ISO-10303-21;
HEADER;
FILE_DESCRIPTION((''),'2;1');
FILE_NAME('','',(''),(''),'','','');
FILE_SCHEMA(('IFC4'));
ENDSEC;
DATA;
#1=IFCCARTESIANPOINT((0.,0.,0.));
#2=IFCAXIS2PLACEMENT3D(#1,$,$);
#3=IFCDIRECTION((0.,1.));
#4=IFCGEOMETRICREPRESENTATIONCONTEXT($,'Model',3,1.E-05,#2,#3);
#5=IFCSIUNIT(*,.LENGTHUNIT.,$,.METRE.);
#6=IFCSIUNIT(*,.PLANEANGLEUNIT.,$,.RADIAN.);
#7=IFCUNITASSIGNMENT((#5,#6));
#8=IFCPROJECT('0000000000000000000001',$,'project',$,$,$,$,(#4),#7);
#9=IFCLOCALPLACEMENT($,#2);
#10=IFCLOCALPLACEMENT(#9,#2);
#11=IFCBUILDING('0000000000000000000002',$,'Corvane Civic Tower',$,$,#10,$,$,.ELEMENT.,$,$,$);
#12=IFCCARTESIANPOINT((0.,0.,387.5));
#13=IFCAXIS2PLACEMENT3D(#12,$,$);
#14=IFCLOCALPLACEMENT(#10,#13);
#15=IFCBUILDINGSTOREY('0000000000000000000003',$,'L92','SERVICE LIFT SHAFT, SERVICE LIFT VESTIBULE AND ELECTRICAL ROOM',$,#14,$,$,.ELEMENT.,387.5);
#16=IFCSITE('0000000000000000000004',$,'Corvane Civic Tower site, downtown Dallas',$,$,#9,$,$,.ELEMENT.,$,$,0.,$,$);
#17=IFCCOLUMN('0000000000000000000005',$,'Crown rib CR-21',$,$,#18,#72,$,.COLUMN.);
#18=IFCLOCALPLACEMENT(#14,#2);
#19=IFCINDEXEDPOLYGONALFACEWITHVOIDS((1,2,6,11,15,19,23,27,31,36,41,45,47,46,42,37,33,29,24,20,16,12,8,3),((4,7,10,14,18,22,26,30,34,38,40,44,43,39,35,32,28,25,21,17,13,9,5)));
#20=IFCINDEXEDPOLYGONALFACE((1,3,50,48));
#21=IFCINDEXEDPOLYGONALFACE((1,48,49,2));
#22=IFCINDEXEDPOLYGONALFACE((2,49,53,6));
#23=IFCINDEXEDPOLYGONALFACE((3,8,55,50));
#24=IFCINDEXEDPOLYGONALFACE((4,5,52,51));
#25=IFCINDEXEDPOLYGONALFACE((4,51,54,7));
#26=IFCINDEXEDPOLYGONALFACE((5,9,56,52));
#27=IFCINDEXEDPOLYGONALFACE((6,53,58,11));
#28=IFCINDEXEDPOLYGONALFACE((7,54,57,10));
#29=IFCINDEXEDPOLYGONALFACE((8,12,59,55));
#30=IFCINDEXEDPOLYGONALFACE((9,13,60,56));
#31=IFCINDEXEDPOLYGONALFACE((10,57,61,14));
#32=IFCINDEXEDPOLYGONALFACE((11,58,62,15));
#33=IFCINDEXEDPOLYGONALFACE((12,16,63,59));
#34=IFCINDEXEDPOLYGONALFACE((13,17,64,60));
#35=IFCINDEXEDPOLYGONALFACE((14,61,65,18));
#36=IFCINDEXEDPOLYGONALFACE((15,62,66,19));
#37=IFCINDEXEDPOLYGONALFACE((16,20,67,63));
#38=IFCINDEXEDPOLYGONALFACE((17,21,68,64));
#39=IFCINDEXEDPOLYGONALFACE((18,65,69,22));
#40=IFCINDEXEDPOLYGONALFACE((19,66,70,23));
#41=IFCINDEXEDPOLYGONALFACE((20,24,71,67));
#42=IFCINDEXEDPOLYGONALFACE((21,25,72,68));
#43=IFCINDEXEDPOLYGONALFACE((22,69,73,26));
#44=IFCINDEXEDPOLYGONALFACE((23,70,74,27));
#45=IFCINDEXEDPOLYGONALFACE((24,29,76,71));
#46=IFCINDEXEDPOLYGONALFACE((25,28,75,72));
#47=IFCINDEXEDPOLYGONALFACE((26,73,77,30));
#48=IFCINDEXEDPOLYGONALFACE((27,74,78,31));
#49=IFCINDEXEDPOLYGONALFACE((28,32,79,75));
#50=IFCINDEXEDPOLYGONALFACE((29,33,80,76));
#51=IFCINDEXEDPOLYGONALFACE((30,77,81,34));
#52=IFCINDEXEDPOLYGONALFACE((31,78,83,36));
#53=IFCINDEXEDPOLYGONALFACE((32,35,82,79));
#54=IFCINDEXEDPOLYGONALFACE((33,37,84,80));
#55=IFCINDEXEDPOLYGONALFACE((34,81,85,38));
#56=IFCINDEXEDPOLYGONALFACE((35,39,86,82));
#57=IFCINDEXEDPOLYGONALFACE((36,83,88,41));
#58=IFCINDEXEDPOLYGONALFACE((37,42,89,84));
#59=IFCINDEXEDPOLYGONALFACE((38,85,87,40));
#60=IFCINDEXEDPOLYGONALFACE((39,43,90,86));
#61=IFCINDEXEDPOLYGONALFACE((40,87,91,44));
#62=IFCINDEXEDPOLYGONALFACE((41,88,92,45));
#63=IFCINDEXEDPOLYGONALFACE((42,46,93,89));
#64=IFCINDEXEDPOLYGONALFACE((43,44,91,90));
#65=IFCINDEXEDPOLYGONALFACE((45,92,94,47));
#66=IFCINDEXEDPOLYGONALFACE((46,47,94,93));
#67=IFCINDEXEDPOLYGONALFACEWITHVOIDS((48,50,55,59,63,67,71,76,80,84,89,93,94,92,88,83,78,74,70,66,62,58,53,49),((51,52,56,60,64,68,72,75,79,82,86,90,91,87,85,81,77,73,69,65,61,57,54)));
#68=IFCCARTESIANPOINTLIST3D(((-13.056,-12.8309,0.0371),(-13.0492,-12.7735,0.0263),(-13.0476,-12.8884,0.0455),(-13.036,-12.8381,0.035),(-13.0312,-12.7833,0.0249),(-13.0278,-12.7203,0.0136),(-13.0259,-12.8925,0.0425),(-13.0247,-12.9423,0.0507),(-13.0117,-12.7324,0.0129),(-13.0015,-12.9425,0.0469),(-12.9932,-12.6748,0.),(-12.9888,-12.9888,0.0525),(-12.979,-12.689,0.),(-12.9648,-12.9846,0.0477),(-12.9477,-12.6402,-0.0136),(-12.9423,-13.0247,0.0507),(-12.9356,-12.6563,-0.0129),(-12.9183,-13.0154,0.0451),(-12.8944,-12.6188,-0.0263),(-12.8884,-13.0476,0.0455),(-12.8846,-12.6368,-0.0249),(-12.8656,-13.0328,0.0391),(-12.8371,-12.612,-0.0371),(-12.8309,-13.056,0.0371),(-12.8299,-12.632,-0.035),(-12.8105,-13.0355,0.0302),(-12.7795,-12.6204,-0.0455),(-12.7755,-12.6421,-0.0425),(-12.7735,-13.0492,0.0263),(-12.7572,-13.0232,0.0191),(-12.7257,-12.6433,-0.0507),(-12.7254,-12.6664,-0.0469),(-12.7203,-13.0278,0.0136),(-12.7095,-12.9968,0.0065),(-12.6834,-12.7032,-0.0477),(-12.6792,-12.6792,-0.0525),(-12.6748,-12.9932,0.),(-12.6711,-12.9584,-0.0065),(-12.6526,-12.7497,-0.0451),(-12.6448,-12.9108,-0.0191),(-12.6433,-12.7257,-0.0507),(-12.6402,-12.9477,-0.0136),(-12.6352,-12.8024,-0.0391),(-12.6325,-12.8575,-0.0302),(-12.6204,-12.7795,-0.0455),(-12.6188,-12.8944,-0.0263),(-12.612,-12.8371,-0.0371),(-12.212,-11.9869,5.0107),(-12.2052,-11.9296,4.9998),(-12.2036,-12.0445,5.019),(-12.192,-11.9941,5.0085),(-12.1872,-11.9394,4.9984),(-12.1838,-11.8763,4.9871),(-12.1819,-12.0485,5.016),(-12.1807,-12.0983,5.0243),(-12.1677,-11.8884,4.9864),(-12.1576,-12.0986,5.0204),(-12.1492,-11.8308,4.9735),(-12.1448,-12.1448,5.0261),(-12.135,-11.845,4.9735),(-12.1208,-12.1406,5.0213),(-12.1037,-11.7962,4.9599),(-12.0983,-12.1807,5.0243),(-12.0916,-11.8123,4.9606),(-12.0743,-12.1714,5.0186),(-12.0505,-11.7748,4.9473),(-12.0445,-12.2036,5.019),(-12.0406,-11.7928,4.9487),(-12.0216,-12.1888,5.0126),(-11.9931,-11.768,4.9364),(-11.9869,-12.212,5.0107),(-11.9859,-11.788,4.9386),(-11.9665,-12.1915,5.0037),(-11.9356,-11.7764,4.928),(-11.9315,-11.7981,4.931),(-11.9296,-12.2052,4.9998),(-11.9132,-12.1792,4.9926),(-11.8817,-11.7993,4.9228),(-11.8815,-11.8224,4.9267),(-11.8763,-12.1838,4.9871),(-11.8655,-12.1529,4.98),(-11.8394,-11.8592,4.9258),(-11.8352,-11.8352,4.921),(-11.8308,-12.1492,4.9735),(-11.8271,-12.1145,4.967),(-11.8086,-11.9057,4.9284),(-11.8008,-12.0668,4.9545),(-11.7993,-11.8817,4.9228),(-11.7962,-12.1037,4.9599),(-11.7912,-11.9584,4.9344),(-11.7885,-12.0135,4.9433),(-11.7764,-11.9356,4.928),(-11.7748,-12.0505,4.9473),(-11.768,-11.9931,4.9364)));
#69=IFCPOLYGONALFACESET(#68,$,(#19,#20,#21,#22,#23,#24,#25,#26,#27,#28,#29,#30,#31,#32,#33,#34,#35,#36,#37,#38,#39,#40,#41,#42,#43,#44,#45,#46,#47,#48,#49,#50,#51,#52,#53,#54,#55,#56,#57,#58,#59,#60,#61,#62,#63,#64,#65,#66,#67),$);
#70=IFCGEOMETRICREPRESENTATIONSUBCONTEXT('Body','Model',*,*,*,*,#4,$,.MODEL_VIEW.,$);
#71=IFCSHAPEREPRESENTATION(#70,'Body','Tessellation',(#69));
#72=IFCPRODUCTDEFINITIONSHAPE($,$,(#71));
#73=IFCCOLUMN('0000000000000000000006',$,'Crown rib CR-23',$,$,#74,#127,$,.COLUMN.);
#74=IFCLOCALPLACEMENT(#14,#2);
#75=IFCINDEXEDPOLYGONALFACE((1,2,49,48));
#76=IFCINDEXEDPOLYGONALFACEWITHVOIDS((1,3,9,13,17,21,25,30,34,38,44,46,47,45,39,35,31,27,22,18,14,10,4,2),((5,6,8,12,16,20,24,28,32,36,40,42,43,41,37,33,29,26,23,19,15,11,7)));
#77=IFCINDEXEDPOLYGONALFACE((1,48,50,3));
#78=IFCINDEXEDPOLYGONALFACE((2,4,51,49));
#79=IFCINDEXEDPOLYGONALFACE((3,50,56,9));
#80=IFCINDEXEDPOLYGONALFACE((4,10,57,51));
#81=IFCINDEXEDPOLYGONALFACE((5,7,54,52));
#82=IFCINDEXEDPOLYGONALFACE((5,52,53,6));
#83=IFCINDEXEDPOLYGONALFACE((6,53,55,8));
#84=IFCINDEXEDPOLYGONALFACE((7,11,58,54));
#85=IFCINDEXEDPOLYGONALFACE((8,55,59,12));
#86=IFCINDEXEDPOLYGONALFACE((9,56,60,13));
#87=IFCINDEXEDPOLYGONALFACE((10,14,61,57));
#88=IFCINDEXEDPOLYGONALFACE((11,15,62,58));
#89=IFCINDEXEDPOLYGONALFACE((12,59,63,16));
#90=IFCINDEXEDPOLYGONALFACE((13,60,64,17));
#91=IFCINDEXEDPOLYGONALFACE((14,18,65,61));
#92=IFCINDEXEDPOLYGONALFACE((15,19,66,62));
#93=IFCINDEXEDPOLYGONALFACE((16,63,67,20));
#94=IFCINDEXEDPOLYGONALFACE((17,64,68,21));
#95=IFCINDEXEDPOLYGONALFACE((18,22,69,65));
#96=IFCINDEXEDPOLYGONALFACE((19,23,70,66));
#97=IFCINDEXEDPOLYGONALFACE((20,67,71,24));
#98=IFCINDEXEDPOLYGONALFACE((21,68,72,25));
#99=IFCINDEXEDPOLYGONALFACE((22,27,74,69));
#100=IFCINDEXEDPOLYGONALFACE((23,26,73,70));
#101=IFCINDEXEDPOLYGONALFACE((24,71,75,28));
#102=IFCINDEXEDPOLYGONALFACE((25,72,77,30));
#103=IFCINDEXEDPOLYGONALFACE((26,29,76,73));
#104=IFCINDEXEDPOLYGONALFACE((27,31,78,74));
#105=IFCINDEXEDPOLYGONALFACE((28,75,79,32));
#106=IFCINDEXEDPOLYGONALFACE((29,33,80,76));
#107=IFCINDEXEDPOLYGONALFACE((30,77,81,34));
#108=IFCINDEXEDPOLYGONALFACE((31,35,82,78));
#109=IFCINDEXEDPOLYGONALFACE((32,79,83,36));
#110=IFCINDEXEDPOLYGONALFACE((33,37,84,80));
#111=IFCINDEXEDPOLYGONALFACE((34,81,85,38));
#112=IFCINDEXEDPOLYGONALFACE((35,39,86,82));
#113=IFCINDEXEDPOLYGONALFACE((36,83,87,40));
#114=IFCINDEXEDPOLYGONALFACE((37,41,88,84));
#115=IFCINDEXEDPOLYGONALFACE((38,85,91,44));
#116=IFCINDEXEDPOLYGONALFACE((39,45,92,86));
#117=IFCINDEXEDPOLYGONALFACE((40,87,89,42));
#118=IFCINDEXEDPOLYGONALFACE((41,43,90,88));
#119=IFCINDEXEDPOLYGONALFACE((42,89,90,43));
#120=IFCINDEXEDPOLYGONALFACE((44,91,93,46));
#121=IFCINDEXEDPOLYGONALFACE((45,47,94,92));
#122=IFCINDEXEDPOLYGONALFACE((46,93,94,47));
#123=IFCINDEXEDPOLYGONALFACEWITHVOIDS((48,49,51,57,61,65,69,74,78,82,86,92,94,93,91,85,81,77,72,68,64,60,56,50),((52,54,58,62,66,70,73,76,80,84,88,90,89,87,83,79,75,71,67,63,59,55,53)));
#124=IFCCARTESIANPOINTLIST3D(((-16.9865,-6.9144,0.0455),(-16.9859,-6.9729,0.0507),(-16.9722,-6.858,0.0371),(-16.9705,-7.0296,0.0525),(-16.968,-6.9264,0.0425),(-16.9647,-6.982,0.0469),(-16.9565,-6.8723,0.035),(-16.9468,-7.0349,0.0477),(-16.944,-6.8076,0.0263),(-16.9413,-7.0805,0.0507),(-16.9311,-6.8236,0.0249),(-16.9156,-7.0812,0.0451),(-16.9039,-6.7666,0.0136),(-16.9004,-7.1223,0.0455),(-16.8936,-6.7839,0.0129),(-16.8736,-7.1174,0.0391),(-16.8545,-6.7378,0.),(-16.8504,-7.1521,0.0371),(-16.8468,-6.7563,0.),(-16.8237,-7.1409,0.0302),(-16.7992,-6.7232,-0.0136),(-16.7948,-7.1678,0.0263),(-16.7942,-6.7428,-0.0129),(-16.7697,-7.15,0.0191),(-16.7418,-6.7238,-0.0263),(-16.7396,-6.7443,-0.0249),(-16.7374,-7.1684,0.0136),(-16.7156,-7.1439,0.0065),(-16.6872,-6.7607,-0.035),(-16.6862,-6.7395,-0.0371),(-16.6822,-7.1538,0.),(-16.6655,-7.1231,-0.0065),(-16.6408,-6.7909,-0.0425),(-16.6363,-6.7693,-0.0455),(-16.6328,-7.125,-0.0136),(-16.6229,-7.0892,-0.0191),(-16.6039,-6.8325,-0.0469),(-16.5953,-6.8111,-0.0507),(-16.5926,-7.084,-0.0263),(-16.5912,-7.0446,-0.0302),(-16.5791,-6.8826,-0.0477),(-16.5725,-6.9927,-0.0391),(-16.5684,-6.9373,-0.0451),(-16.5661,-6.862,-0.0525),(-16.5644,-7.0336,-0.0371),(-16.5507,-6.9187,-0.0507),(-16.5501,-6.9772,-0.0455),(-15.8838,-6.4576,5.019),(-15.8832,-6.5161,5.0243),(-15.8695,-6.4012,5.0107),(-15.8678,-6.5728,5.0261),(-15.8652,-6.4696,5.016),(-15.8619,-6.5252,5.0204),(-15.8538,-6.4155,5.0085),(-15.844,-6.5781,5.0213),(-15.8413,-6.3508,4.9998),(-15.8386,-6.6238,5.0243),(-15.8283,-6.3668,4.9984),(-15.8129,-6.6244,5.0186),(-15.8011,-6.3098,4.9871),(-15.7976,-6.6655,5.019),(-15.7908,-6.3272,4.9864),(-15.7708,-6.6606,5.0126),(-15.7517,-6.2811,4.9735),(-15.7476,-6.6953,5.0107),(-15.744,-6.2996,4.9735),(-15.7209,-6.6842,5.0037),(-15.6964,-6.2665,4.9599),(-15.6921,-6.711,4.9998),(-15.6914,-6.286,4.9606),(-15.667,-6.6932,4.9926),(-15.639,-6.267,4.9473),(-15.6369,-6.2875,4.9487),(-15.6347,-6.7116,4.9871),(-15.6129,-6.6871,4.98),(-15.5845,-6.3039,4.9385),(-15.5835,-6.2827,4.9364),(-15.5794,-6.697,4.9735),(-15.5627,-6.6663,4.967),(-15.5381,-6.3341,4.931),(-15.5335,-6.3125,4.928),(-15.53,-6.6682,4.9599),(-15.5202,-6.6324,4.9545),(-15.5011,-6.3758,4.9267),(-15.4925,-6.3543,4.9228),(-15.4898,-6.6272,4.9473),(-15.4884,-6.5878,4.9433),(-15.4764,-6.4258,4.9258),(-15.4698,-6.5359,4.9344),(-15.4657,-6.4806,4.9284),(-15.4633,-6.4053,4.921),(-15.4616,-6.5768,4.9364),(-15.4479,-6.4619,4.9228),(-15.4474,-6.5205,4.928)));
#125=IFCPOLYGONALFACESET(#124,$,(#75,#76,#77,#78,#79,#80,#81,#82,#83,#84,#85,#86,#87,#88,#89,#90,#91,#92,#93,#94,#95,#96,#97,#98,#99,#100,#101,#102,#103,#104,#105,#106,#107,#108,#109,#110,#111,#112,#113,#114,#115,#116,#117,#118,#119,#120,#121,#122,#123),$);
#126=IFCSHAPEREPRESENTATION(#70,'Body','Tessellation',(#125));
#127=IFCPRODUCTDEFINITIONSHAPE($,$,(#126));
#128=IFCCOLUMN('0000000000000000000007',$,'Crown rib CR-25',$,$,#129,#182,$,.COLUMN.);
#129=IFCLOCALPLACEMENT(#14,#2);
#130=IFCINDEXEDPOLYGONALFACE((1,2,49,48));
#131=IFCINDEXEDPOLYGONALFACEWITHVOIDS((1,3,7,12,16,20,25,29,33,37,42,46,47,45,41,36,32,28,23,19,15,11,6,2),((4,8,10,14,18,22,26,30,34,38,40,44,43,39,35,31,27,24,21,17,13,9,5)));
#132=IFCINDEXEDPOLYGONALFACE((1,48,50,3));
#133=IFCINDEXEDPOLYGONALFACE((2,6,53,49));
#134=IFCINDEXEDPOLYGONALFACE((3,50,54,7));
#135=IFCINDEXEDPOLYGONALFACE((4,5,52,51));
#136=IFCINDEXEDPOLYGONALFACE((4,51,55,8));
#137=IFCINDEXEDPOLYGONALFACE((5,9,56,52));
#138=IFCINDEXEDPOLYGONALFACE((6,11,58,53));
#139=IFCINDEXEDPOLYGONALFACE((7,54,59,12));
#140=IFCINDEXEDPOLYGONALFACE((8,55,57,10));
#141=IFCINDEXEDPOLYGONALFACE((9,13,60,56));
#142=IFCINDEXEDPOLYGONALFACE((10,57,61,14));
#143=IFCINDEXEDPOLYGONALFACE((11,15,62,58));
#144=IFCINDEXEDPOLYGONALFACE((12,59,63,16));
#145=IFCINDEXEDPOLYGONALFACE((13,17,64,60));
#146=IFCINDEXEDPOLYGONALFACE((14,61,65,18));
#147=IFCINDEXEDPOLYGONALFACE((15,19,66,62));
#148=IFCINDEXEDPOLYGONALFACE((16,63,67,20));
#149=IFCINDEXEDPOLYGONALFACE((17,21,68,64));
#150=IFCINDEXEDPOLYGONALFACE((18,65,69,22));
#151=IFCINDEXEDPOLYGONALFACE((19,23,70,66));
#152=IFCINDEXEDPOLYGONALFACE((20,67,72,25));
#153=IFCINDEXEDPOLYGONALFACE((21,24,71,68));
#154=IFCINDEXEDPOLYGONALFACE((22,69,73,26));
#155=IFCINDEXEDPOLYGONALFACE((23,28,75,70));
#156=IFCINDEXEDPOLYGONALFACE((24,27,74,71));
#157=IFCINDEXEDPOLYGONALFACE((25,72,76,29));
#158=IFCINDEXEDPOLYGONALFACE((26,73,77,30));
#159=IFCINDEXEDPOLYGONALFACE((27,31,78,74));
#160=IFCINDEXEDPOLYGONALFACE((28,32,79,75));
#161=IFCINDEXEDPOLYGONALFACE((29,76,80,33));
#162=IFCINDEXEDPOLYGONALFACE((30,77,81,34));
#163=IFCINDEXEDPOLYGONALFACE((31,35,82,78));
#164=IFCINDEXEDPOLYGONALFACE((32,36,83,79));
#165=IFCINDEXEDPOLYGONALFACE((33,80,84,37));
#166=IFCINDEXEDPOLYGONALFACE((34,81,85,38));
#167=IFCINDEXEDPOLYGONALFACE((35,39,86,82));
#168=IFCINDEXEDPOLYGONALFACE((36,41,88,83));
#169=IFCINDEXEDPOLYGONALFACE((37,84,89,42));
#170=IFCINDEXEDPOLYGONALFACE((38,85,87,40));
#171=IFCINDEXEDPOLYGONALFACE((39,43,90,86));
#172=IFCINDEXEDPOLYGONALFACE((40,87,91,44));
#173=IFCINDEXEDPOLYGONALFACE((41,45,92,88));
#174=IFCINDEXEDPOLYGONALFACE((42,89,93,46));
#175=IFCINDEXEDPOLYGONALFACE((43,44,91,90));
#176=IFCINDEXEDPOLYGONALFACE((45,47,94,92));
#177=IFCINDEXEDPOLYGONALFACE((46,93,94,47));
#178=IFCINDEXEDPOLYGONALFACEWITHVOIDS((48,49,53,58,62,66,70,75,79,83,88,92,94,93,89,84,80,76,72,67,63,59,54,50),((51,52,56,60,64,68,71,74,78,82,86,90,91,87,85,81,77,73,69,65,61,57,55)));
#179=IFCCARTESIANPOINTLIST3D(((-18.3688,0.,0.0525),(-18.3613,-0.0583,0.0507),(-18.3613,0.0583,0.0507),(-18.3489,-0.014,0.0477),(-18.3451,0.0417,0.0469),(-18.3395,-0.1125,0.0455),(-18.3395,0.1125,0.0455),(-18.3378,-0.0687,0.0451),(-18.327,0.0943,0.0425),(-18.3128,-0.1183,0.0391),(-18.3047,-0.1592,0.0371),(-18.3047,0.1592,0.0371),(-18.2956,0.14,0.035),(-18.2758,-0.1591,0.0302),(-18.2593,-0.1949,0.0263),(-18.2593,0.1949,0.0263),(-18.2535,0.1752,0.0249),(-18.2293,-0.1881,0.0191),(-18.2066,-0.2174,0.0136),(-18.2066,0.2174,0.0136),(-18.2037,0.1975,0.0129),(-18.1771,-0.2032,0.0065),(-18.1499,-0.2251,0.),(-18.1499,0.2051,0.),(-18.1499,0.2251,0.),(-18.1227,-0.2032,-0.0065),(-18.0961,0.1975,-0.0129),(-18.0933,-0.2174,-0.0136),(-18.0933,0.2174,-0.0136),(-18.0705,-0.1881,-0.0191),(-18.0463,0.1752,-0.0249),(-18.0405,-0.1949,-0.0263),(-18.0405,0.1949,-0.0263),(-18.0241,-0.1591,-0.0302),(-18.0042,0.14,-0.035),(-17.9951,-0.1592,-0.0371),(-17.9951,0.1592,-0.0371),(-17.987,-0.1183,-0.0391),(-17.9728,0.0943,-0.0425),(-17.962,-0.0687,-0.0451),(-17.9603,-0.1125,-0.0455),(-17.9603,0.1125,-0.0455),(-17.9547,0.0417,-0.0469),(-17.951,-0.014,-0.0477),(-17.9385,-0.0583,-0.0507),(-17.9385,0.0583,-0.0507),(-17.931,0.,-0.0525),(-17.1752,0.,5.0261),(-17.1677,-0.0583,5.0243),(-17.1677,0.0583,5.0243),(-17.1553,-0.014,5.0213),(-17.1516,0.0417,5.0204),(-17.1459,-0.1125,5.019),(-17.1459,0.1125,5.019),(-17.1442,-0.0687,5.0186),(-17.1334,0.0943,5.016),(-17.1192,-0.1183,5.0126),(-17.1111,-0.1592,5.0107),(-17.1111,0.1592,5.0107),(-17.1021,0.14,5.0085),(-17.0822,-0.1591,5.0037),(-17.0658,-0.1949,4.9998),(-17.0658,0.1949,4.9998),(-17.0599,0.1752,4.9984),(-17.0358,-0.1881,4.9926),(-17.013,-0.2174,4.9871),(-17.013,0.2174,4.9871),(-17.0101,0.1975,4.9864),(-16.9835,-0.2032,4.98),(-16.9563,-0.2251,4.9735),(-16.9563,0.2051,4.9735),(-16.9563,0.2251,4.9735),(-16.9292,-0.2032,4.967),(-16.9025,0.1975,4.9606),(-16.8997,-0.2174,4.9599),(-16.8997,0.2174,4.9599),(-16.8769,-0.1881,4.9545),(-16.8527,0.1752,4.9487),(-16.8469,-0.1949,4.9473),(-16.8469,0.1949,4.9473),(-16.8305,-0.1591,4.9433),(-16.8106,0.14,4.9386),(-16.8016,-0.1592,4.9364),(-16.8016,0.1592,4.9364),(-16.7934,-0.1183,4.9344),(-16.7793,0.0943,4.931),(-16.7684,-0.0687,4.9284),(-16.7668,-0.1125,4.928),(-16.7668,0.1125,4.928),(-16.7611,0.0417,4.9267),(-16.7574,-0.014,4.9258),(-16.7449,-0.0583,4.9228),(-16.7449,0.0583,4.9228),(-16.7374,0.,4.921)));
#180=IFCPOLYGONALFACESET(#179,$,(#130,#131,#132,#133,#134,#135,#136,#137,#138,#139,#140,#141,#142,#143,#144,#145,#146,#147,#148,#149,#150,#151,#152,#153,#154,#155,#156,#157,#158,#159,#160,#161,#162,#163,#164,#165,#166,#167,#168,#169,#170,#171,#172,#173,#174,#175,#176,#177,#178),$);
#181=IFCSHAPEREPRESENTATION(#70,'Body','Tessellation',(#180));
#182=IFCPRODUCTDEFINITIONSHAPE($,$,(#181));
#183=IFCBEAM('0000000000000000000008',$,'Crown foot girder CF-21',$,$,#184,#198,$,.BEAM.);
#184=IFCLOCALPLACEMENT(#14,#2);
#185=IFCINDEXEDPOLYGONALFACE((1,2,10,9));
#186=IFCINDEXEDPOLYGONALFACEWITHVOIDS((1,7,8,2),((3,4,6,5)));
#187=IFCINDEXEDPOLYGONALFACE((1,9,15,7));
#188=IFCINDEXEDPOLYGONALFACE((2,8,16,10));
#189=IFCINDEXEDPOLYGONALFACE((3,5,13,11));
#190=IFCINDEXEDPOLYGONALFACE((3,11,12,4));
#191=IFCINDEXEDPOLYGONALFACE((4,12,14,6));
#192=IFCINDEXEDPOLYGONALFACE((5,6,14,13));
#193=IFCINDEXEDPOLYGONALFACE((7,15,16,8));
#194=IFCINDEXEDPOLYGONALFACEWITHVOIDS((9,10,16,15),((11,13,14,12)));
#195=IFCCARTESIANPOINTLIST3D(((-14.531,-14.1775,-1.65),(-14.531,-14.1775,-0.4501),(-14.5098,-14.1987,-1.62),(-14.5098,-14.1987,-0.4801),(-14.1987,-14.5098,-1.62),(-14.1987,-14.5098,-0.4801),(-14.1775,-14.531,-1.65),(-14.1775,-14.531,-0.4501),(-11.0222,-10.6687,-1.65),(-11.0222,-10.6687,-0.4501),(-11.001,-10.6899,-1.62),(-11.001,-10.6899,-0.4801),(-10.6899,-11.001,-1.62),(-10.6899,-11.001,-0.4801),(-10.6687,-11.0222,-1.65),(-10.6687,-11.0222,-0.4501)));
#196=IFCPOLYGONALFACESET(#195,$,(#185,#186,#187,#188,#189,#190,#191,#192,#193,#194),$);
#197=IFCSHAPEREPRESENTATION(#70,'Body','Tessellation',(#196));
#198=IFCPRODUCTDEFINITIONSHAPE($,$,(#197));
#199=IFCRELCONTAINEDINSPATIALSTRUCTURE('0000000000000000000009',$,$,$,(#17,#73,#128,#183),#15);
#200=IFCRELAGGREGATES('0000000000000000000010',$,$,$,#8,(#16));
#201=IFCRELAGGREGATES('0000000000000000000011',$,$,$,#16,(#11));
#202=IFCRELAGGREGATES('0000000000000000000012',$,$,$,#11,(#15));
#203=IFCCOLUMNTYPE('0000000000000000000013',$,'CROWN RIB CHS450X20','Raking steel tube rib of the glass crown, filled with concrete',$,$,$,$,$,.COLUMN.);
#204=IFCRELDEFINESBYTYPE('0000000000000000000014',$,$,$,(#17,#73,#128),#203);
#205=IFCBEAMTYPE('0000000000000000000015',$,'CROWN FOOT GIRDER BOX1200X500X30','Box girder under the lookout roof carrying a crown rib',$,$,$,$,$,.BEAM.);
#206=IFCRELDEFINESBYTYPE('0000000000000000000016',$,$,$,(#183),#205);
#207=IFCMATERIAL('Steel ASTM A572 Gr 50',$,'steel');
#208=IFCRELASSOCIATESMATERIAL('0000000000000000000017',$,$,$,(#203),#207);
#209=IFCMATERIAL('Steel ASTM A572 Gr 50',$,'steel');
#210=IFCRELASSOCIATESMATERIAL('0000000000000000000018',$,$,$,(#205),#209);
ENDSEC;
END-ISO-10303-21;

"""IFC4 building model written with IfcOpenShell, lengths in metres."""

from ifc_helpers import new_model, si_unit, direction, frame, origin, origin_2d, place, context, subcontext, project, spatial, hollow_rectangle, hollow_circle, extrude, material, material_profile, profile_set, type_object, element, save


model = new_model("IFC4")

# Units and contexts
model_context = context("Model", 3, precision=1e-05, world=origin(), true_north=direction((0.0, 1.0)))
body_context = subcontext(model_context, "Body", "Model", "MODEL_VIEW")
ifc_project = project(units=[si_unit("LENGTHUNIT", "METRE"), si_unit("PLANEANGLEUNIT", "RADIAN")], contexts=[model_context])

# Site, building, storey
site_placement = place(None, origin())
site = spatial("IfcSite", under=ifc_project, at=site_placement, Name="Corvane Civic Tower site, downtown Dallas", CompositionType="ELEMENT", RefElevation=0.0)
building_placement = place(site_placement, origin())
building = spatial("IfcBuilding", under=site, at=building_placement, Name="Corvane Civic Tower", CompositionType="ELEMENT")
storey_placement = place(building_placement, frame((0.0, 0.0, 387.5)))
storey = spatial("IfcBuildingStorey", under=building, at=storey_placement, Name="L92", Description="SERVICE LIFT SHAFT, SERVICE LIFT VESTIBULE AND ELECTRICAL ROOM", CompositionType="ELEMENT", Elevation=387.5)

# Columns
ifc_material_1 = material(Name="Steel ASTM A572 Gr 50", Category="steel")
ifc_material_profile_1 = material_profile(ifc_material_1, hollow_circle(Radius=0.2251, WallThickness=0.02, at=origin_2d()), Name="CHS450X20")
ifc_profile_set_1 = profile_set([ifc_material_profile_1], Name="Steel ASTM A572 Gr 50")
column_type = type_object("IfcColumnType", Name="CROWN RIB CHS450X20", Description="Raking steel tube rib of the glass crown, filled with concrete", PredefinedType="COLUMN", material=ifc_profile_set_1)
for number, where, z_axis, x_axis, name in (
    (1, (-12.834, -12.834, 0.0), (0.165009, 0.165009, 0.972391), (-0.707107, 0.707107, 0.0), "Crown rib CR-21"),
    (2, (-16.7683, -6.9458, 0.0), (0.215604, 0.089306, 0.972389), (-0.382683, 0.92388, 0.0), "Crown rib CR-23"),
    (3, (-18.1499, 0.0, 0.0), (0.23336, 0.0, 0.97239), (0.0, 1.0, 0.0), "Crown rib CR-25"),
):
    element("IfcColumn", number, at=place(storey_placement, frame(where, z_axis=z_axis, x_axis=x_axis)), inside=storey, type_object=column_type, Name=name, PredefinedType="COLUMN", context=body_context, shape_type="SweptSolid", body=[
        extrude(hollow_circle(Radius=0.2251, WallThickness=0.02, at=origin_2d()), origin(), (0.0, 0.0, 1.0), 5.1147),
    ])

# Beam
ifc_material_2 = material(Name="Steel ASTM A572 Gr 50", Category="steel")
ifc_material_profile_2 = material_profile(ifc_material_2, hollow_rectangle(XDim=0.5, YDim=1.2, WallThickness=0.03, at=origin_2d()), Name="BOX1200X500X30")
ifc_profile_set_2 = profile_set([ifc_material_profile_2], Name="Steel ASTM A572 Gr 50")
beam_type = type_object("IfcBeamType", Name="CROWN FOOT GIRDER BOX1200X500X30", Description="Box girder under the lookout roof carrying a crown rib", PredefinedType="BEAM", material=ifc_profile_set_2)
beam_placement = place(storey_placement, frame((-10.8455, -10.8455, -1.05), z_axis=(-0.707107, -0.707107, 0.0), x_axis=(0.707107, -0.707107, 0.0)))
element("IfcBeam", 4, at=beam_placement, inside=storey, type_object=beam_type, Name="Crown foot girder CF-21", PredefinedType="BEAM", context=body_context, shape_type="SweptSolid", body=[
    extrude(hollow_rectangle(XDim=0.5, YDim=1.2, WallThickness=0.03, at=origin_2d()), origin(), (0.0, 0.0, 1.0), 4.9622),
])

save(model, "model.ifc")
